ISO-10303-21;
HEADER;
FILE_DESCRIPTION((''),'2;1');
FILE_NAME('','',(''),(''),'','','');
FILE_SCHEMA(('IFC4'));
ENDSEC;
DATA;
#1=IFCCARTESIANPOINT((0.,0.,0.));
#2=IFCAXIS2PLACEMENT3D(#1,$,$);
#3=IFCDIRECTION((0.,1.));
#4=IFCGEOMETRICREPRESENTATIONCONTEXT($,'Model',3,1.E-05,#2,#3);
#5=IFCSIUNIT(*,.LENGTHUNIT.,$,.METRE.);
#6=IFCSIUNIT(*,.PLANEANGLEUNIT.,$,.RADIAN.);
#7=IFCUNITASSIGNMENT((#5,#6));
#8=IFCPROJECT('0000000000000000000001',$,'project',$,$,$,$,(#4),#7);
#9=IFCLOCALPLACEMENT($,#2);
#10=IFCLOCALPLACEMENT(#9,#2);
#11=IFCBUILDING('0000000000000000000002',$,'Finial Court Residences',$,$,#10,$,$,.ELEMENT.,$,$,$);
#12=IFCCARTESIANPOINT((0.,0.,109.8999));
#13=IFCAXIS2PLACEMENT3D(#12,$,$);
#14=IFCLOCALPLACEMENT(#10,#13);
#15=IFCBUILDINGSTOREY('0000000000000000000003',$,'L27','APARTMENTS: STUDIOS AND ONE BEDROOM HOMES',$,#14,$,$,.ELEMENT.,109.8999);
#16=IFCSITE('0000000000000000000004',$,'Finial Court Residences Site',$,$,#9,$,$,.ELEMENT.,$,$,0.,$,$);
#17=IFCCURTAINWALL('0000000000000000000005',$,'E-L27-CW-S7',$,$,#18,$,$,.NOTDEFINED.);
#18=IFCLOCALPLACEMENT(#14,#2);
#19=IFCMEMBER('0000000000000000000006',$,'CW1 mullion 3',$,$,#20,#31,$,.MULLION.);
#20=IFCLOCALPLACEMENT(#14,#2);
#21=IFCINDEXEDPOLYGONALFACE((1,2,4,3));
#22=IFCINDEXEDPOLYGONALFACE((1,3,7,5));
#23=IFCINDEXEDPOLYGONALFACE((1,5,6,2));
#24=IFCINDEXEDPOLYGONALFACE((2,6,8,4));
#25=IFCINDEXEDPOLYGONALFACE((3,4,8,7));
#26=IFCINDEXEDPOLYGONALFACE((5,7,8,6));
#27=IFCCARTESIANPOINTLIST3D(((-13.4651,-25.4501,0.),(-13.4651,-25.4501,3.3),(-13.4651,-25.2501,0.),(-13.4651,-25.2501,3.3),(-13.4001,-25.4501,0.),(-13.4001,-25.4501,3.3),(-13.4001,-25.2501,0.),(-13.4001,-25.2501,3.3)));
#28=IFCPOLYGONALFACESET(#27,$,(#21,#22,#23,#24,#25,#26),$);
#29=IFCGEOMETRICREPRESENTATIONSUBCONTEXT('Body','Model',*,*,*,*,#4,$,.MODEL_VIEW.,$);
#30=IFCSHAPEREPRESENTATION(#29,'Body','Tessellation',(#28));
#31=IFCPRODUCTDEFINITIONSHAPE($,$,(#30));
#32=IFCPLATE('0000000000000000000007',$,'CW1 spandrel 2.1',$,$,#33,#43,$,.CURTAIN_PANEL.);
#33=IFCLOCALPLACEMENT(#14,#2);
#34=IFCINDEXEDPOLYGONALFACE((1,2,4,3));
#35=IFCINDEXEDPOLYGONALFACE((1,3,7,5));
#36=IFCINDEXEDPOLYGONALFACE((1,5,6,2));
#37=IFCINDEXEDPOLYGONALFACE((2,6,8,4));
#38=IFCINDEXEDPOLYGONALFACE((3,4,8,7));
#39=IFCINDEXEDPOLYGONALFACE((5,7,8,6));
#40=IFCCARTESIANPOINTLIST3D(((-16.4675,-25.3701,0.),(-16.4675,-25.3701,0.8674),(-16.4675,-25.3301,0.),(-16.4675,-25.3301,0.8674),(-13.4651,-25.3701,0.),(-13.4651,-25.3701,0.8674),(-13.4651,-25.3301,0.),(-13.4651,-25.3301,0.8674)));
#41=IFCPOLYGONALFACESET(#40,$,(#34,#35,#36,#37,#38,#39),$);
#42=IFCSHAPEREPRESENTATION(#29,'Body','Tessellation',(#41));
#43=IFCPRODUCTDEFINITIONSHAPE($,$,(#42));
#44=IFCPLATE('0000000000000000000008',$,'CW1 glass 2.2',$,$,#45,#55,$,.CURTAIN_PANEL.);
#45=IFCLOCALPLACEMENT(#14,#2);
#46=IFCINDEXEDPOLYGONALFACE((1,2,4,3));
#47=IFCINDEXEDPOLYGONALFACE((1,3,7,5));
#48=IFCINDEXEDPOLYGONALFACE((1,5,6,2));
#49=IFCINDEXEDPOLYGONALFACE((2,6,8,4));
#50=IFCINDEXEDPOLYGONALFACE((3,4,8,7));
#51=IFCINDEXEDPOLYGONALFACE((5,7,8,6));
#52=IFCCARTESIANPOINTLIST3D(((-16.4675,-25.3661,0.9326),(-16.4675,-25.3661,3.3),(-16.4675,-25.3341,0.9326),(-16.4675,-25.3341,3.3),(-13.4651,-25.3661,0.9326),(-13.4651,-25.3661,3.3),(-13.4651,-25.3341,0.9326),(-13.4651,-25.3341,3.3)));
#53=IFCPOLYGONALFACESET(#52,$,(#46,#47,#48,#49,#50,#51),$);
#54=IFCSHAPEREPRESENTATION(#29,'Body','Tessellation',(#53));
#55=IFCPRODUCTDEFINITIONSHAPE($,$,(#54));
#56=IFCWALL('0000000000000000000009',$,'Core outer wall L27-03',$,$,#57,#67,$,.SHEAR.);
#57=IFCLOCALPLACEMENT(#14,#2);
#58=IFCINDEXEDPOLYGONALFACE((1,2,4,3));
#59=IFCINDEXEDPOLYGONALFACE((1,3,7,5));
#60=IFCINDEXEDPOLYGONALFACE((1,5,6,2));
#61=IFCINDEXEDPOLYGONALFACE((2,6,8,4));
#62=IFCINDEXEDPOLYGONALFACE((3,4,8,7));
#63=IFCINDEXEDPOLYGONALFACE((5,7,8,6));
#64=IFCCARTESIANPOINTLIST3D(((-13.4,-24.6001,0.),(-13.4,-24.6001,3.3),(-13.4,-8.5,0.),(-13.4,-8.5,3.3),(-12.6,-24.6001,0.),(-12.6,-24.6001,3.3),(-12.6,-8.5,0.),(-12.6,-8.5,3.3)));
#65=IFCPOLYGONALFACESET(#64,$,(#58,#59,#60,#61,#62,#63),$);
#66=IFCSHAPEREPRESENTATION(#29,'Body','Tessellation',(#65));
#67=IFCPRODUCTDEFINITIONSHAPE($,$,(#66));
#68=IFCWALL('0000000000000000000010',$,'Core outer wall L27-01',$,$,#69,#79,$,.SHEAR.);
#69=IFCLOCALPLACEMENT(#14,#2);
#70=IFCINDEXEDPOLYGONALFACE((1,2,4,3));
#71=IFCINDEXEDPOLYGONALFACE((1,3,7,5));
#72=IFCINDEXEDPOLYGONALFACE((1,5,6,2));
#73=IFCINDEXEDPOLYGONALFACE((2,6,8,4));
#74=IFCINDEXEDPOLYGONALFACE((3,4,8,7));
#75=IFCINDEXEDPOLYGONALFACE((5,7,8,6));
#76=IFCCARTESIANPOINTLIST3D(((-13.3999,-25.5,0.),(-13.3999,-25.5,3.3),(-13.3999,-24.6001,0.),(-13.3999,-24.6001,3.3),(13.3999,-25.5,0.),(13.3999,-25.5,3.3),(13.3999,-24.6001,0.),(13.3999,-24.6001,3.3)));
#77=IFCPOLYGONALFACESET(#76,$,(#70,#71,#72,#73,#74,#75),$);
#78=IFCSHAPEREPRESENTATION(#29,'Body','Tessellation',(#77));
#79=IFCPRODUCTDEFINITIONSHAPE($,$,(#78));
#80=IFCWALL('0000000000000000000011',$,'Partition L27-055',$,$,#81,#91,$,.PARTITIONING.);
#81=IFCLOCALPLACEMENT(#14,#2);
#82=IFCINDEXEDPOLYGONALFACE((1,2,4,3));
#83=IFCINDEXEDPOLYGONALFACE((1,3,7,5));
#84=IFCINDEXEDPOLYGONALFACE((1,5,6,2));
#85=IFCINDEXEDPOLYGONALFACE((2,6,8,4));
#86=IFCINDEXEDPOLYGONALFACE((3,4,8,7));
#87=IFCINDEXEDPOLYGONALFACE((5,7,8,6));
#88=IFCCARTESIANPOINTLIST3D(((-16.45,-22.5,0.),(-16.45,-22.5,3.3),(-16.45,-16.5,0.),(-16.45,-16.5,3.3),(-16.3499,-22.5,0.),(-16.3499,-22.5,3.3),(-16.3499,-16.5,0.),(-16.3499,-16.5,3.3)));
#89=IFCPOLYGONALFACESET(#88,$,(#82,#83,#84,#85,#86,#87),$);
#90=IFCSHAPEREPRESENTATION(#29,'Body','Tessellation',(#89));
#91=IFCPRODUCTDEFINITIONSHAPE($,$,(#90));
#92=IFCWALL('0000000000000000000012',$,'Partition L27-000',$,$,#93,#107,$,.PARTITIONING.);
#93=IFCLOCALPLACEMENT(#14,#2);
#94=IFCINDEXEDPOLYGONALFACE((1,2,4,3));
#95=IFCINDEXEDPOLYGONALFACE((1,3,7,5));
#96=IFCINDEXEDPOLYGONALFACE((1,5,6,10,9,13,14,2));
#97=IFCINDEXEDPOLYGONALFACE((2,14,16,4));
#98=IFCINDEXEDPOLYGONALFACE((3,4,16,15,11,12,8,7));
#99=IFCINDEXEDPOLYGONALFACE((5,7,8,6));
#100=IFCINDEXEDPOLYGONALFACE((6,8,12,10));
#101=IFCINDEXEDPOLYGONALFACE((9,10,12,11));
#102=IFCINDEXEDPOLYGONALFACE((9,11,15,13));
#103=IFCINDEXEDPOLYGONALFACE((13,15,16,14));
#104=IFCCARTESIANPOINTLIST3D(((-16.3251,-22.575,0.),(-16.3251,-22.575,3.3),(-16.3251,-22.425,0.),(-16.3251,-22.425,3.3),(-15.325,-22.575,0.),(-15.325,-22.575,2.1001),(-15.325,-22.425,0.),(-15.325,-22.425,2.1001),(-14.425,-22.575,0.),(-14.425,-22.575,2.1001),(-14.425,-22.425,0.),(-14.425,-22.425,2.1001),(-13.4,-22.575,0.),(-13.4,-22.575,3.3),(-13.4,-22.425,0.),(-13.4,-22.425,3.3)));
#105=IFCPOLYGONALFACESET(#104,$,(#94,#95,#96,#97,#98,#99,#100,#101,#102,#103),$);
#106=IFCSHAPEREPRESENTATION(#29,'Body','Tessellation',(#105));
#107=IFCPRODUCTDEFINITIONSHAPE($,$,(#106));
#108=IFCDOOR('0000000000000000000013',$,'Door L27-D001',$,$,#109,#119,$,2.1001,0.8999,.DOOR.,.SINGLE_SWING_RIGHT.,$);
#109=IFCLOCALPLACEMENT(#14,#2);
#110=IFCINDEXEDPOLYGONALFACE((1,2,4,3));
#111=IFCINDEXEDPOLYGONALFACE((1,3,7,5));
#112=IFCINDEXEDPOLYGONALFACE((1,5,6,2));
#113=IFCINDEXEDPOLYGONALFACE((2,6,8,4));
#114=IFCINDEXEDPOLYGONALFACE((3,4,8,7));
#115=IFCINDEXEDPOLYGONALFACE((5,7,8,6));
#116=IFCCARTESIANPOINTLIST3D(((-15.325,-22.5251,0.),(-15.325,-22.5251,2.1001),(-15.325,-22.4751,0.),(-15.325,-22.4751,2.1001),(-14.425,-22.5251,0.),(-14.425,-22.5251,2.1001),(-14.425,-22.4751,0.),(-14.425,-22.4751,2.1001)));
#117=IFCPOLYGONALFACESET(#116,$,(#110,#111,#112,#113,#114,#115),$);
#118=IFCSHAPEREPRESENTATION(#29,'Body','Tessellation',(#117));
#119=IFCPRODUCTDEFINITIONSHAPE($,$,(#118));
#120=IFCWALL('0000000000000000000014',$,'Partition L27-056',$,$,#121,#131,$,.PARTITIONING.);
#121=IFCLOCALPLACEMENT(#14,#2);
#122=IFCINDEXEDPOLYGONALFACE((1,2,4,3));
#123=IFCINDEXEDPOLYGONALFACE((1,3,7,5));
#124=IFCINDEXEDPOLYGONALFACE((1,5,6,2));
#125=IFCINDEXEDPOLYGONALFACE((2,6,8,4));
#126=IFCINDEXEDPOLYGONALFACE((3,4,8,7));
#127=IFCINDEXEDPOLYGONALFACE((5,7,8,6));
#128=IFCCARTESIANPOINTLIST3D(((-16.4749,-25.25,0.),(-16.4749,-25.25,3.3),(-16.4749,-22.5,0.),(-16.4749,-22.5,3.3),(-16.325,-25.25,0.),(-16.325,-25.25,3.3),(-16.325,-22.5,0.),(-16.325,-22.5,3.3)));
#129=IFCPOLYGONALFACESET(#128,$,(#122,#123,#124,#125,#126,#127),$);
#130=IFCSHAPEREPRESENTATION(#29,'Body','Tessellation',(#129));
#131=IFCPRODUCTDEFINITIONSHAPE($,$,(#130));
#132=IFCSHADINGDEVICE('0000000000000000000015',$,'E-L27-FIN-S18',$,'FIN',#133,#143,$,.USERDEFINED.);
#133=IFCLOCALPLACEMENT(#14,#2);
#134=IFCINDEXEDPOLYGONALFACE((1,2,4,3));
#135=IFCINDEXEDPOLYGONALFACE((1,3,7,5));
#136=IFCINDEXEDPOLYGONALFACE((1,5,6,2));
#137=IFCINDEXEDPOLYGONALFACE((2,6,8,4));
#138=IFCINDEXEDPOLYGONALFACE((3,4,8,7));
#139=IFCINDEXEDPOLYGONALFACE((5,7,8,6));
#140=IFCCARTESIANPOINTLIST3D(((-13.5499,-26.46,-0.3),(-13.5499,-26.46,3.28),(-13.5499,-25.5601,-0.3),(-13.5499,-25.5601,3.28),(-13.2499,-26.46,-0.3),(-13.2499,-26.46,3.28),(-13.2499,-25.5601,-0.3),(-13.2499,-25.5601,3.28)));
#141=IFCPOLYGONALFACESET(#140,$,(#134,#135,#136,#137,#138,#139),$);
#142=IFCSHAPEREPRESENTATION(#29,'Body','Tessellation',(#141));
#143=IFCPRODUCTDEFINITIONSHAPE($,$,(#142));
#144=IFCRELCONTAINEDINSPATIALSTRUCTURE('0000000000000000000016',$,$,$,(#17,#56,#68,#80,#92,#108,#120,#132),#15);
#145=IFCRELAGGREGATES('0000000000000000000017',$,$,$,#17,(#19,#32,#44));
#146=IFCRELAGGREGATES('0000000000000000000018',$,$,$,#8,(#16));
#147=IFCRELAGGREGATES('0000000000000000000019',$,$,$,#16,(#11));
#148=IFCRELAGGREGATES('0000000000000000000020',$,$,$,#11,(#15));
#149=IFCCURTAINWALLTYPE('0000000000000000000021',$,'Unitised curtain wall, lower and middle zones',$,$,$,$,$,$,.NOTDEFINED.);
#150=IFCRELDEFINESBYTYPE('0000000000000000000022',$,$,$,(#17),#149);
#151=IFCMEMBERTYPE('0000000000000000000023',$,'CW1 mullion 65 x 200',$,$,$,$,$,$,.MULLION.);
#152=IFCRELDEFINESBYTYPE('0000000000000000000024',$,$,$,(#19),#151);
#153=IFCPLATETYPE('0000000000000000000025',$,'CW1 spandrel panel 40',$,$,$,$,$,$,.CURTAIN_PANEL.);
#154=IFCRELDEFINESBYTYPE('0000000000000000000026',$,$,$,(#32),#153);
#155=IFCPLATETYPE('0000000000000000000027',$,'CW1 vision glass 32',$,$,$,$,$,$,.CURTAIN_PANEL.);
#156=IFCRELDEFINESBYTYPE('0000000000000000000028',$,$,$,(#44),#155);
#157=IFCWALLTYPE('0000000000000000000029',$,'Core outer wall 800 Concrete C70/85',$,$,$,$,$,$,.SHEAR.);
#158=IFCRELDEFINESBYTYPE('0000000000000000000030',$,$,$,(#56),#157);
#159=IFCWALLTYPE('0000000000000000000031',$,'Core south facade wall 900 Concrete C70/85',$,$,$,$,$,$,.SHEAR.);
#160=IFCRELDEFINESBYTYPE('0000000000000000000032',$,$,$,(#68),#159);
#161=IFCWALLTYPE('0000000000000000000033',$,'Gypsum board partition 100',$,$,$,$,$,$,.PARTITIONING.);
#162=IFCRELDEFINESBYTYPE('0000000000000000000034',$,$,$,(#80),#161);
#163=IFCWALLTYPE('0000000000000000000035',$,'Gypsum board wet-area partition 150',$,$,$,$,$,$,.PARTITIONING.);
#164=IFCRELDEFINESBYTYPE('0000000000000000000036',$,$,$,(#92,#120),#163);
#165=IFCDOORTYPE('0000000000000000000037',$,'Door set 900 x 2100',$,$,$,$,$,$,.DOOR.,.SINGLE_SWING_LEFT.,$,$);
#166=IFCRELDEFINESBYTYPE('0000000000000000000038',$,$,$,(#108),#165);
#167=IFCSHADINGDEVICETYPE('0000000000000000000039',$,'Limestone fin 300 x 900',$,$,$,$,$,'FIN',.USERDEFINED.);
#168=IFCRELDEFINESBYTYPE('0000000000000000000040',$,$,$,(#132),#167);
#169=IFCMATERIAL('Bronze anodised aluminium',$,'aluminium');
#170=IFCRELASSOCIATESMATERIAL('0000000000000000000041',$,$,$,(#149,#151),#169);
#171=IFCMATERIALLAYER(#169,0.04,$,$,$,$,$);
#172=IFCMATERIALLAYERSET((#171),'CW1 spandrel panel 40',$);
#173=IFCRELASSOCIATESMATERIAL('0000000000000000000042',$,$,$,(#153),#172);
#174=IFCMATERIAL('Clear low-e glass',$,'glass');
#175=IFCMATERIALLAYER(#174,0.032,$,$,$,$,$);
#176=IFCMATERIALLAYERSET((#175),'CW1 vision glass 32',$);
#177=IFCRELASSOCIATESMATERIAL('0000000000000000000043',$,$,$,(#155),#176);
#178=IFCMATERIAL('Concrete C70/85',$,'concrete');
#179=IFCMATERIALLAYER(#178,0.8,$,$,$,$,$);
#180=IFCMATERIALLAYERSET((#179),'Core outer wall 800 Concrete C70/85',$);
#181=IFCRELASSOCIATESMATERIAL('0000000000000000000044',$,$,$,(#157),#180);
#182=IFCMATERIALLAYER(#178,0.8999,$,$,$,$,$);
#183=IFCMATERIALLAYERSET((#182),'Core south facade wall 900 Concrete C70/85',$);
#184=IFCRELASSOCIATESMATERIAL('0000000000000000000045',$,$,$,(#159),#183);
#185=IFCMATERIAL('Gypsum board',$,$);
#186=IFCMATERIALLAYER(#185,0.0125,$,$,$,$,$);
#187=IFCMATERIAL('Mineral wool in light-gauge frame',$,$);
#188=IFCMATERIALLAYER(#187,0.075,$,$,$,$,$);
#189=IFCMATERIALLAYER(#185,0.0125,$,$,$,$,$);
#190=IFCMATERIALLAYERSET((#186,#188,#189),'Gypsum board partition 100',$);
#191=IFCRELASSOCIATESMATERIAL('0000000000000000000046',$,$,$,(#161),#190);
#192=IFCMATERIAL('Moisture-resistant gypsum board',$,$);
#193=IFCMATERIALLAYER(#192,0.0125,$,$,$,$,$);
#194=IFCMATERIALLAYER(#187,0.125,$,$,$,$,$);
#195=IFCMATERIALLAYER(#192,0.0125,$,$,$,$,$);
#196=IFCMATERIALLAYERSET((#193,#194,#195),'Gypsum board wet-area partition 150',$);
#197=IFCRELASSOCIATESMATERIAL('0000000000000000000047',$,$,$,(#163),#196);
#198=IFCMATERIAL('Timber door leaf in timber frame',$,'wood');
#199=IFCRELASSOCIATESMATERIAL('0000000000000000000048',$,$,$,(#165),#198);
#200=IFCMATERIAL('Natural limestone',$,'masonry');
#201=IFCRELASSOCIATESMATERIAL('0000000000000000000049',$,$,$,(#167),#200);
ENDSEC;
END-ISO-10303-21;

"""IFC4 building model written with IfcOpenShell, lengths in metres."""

from ifc_helpers import new_model, si_unit, direction, frame, frame_2d, origin, origin_2d, place, context, subcontext, project, spatial, rectangle, extrude, material, layer, layer_set, material_profile, profile_set, type_object, element, fill, aggregate, save


model = new_model("IFC4")

# Units and contexts
model_context = context("Model", 3, precision=1e-05, world=origin(), true_north=direction((0.0, 1.0)))
body_context = subcontext(model_context, "Body", "Model", "MODEL_VIEW")
ifc_project = project(units=[si_unit("LENGTHUNIT", "METRE"), si_unit("PLANEANGLEUNIT", "RADIAN")], contexts=[model_context])

# Site, building, storey
site_placement = place(None, origin())
site = spatial("IfcSite", under=ifc_project, at=site_placement, Name="Finial Court Residences Site", CompositionType="ELEMENT", RefElevation=0.0)
building_placement = place(site_placement, origin())
building = spatial("IfcBuilding", under=site, at=building_placement, Name="Finial Court Residences", CompositionType="ELEMENT")
storey_placement = place(building_placement, frame((0.0, 0.0, 109.8999)))
storey = spatial("IfcBuildingStorey", under=building, at=storey_placement, Name="L27", Description="APARTMENTS: STUDIOS AND ONE BEDROOM HOMES", CompositionType="ELEMENT", Elevation=109.8999)

# Curtain wall, member, plates
ifc_material_1 = material(Name="Bronze anodised aluminium", Category="aluminium")
curtain_wall_type = type_object("IfcCurtainWallType", Name="Unitised curtain wall, lower and middle zones", PredefinedType="NOTDEFINED", material=ifc_material_1)
curtain_wall_placement = place(storey_placement, origin())
curtain_wall = element("IfcCurtainWall", 1, at=curtain_wall_placement, inside=storey, type_object=curtain_wall_type, Name="E-L27-CW-S7", PredefinedType="NOTDEFINED")
ifc_material_profile = material_profile(ifc_material_1, rectangle(XDim=0.2, YDim=0.0649, at=origin_2d()), Name="CW1 mullion 65 x 200")
ifc_profile_set = profile_set([ifc_material_profile], Name="Bronze anodised aluminium")
member_type = type_object("IfcMemberType", Name="CW1 mullion 65 x 200", PredefinedType="MULLION", material=ifc_profile_set)
member_placement = place(storey_placement, frame((-13.4326, -25.3501, 0.0), z_axis=(0.0, 0.0, 1.0), x_axis=(0.0, 1.0, 0.0)))
member = element("IfcMember", 2, at=member_placement, type_object=member_type, Name="CW1 mullion 3", PredefinedType="MULLION", context=body_context, shape_type="SweptSolid", body=[
    extrude(rectangle(XDim=0.2, YDim=0.0649, at=origin_2d()), origin(), (0.0, 0.0, 1.0), 3.3),
])
ifc_layer_1 = layer(ifc_material_1, 0.04)
ifc_layer_set_1 = layer_set([ifc_layer_1], Name="CW1 spandrel panel 40")
plate_type_1 = type_object("IfcPlateType", Name="CW1 spandrel panel 40", PredefinedType="CURTAIN_PANEL", material=ifc_layer_set_1)
plate_1_placement = place(storey_placement, frame((-14.9663, -25.3501, 0.0), z_axis=(0.0, 0.0, 1.0), x_axis=(1.0, 0.0, 0.0)))
plate_1 = element("IfcPlate", 3, at=plate_1_placement, type_object=plate_type_1, Name="CW1 spandrel 2.1", PredefinedType="CURTAIN_PANEL", context=body_context, shape_type="SweptSolid", body=[
    extrude(rectangle(XDim=3.0024, YDim=0.04, at=origin_2d()), origin(), (0.0, 0.0, 1.0), 0.8674),
])
ifc_material_2 = material(Name="Clear low-e glass", Category="glass")
ifc_layer_2 = layer(ifc_material_2, 0.032)
ifc_layer_set_2 = layer_set([ifc_layer_2], Name="CW1 vision glass 32")
plate_type_2 = type_object("IfcPlateType", Name="CW1 vision glass 32", PredefinedType="CURTAIN_PANEL", material=ifc_layer_set_2)
plate_2_placement = place(storey_placement, frame((-14.9663, -25.3501, 0.9326), z_axis=(0.0, 0.0, 1.0), x_axis=(1.0, 0.0, 0.0)))
plate_2 = element("IfcPlate", 4, at=plate_2_placement, type_object=plate_type_2, Name="CW1 glass 2.2", PredefinedType="CURTAIN_PANEL", context=body_context, shape_type="SweptSolid", body=[
    extrude(rectangle(XDim=3.0024, YDim=0.032, at=origin_2d()), origin(), (0.0, 0.0, 1.0), 2.3674),
])
aggregate(curtain_wall, [member, plate_1, plate_2])

# Walls
ifc_material_3 = material(Name="Concrete C70/85", Category="concrete")
ifc_layer_3 = layer(ifc_material_3, 0.8)
ifc_layer_set_3 = layer_set([ifc_layer_3], Name="Core outer wall 800 Concrete C70/85")
wall_type_1 = type_object("IfcWallType", Name="Core outer wall 800 Concrete C70/85", PredefinedType="SHEAR", material=ifc_layer_set_3)
wall_1_placement = place(storey_placement, frame((-13.0, -24.6001, 0.0), z_axis=(0.0, 0.0, 1.0), x_axis=(0.0, 1.0, 0.0)))
element("IfcWall", 5, at=wall_1_placement, inside=storey, type_object=wall_type_1, Name="Core outer wall L27-03", PredefinedType="SHEAR", context=body_context, shape_type="SweptSolid", body=[
    extrude(rectangle(XDim=16.1001, YDim=0.8, at=frame_2d((8.05, 0.0))), origin(), (0.0, 0.0, 1.0), 3.3),
])
ifc_layer_4 = layer(ifc_material_3, 0.8999)
ifc_layer_set_4 = layer_set([ifc_layer_4], Name="Core south facade wall 900 Concrete C70/85")
wall_type_2 = type_object("IfcWallType", Name="Core south facade wall 900 Concrete C70/85", PredefinedType="SHEAR", material=ifc_layer_set_4)
wall_2_placement = place(storey_placement, frame((-13.3999, -25.05, 0.0), z_axis=(0.0, 0.0, 1.0), x_axis=(1.0, 0.0, 0.0)))
element("IfcWall", 6, at=wall_2_placement, inside=storey, type_object=wall_type_2, Name="Core outer wall L27-01", PredefinedType="SHEAR", context=body_context, shape_type="SweptSolid", body=[
    extrude(rectangle(XDim=26.7998, YDim=0.8999, at=frame_2d((13.3999, 0.0))), origin(), (0.0, 0.0, 1.0), 3.3),
])
ifc_material_4 = material(Name="Gypsum board")
ifc_layer_5 = layer(ifc_material_4, 0.0125)
ifc_material_5 = material(Name="Mineral wool in light-gauge frame")
ifc_layer_6 = layer(ifc_material_5, 0.075)
ifc_layer_7 = layer(ifc_material_4, 0.0125)
ifc_layer_set_5 = layer_set([ifc_layer_5, ifc_layer_6, ifc_layer_7], Name="Gypsum board partition 100")
wall_type_3 = type_object("IfcWallType", Name="Gypsum board partition 100", PredefinedType="PARTITIONING", material=ifc_layer_set_5)
wall_3_placement = place(storey_placement, frame((-16.3999, -22.5, 0.0), z_axis=(0.0, 0.0, 1.0), x_axis=(0.0, 1.0, 0.0)))
element("IfcWall", 7, at=wall_3_placement, inside=storey, type_object=wall_type_3, Name="Partition L27-055", PredefinedType="PARTITIONING", context=body_context, shape_type="SweptSolid", body=[
    extrude(rectangle(XDim=6.0, YDim=0.1001, at=frame_2d((3.0, 0.0))), origin(), (0.0, 0.0, 1.0), 3.3),
])

# Wall, opening, door
ifc_material_6 = material(Name="Moisture-resistant gypsum board")
ifc_layer_8 = layer(ifc_material_6, 0.0125)
ifc_layer_9 = layer(ifc_material_5, 0.125)
ifc_layer_10 = layer(ifc_material_6, 0.0125)
ifc_layer_set_6 = layer_set([ifc_layer_8, ifc_layer_9, ifc_layer_10], Name="Gypsum board wet-area partition 150")
wall_type_4 = type_object("IfcWallType", Name="Gypsum board wet-area partition 150", PredefinedType="PARTITIONING", material=ifc_layer_set_6)
wall_4_placement = place(storey_placement, frame((-16.325, -22.5, 0.0), z_axis=(0.0, 0.0, 1.0), x_axis=(1.0, 0.0, 0.0)))
wall_4 = element("IfcWall", 8, at=wall_4_placement, inside=storey, type_object=wall_type_4, Name="Partition L27-000", PredefinedType="PARTITIONING", context=body_context, shape_type="SweptSolid", body=[
    extrude(rectangle(XDim=2.925, YDim=0.1499, at=frame_2d((1.4624, 0.0))), origin(), (0.0, 0.0, 1.0), 3.3),
])
opening_placement = place(wall_4_placement, frame((1.0, 0.0, 0.0)))
opening = element("IfcOpeningElement", 9, at=opening_placement, cuts=wall_4, PredefinedType="OPENING", context=body_context, shape_type="SweptSolid", body=[
    extrude(rectangle(XDim=0.8999, YDim=2.1001, at=frame_2d((0.45, 1.05))), frame((0.0, 0.085, 0.0), z_axis=(0.0, -1.0, 0.0), x_axis=(1.0, 0.0, 0.0)), (0.0, 0.0, 1.0), 0.1699),
])
ifc_material_7 = material(Name="Timber door leaf in timber frame", Category="wood")
door_type = type_object("IfcDoorType", Name="Door set 900 x 2100", OperationType="SINGLE_SWING_LEFT", PredefinedType="DOOR", material=ifc_material_7)
door_placement = place(opening_placement, origin())
door = element("IfcDoor", 10, at=door_placement, inside=storey, type_object=door_type, Name="Door L27-D001", OperationType="SINGLE_SWING_RIGHT", OverallHeight=2.1001, OverallWidth=0.8999, PredefinedType="DOOR", context=body_context, shape_type="SweptSolid", body=[
    extrude(rectangle(XDim=0.8999, YDim=2.1001, at=frame_2d((0.45, 1.05))), frame((0.0, 0.0249, 0.0), z_axis=(0.0, -1.0, 0.0), x_axis=(1.0, 0.0, 0.0)), (0.0, 0.0, 1.0), 0.05),
])
fill(opening, door)

# Wall
wall_5_placement = place(storey_placement, frame((-16.3999, -25.25, 0.0), z_axis=(0.0, 0.0, 1.0), x_axis=(0.0, 1.0, 0.0)))
element("IfcWall", 11, at=wall_5_placement, inside=storey, type_object=wall_type_4, Name="Partition L27-056", PredefinedType="PARTITIONING", context=body_context, shape_type="SweptSolid", body=[
    extrude(rectangle(XDim=2.75, YDim=0.1499, at=frame_2d((1.375, 0.0))), origin(), (0.0, 0.0, 1.0), 3.3),
])

# Shading device
ifc_material_8 = material(Name="Natural limestone", Category="masonry")
shading_device_type = type_object("IfcShadingDeviceType", Name="Limestone fin 300 x 900", ElementType="FIN", PredefinedType="USERDEFINED", material=ifc_material_8)
shading_device_placement = place(storey_placement, frame((-13.3999, -26.01, -0.3), z_axis=(0.0, 0.0, 1.0), x_axis=(1.0, 0.0, 0.0)))
element("IfcShadingDevice", 12, at=shading_device_placement, inside=storey, type_object=shading_device_type, Name="E-L27-FIN-S18", ObjectType="FIN", PredefinedType="USERDEFINED", context=body_context, shape_type="SweptSolid", body=[
    extrude(rectangle(XDim=0.3, YDim=0.8999, at=origin_2d()), origin(), (0.0, 0.0, 1.0), 3.5801),
])

save(model, "model.ifc")
